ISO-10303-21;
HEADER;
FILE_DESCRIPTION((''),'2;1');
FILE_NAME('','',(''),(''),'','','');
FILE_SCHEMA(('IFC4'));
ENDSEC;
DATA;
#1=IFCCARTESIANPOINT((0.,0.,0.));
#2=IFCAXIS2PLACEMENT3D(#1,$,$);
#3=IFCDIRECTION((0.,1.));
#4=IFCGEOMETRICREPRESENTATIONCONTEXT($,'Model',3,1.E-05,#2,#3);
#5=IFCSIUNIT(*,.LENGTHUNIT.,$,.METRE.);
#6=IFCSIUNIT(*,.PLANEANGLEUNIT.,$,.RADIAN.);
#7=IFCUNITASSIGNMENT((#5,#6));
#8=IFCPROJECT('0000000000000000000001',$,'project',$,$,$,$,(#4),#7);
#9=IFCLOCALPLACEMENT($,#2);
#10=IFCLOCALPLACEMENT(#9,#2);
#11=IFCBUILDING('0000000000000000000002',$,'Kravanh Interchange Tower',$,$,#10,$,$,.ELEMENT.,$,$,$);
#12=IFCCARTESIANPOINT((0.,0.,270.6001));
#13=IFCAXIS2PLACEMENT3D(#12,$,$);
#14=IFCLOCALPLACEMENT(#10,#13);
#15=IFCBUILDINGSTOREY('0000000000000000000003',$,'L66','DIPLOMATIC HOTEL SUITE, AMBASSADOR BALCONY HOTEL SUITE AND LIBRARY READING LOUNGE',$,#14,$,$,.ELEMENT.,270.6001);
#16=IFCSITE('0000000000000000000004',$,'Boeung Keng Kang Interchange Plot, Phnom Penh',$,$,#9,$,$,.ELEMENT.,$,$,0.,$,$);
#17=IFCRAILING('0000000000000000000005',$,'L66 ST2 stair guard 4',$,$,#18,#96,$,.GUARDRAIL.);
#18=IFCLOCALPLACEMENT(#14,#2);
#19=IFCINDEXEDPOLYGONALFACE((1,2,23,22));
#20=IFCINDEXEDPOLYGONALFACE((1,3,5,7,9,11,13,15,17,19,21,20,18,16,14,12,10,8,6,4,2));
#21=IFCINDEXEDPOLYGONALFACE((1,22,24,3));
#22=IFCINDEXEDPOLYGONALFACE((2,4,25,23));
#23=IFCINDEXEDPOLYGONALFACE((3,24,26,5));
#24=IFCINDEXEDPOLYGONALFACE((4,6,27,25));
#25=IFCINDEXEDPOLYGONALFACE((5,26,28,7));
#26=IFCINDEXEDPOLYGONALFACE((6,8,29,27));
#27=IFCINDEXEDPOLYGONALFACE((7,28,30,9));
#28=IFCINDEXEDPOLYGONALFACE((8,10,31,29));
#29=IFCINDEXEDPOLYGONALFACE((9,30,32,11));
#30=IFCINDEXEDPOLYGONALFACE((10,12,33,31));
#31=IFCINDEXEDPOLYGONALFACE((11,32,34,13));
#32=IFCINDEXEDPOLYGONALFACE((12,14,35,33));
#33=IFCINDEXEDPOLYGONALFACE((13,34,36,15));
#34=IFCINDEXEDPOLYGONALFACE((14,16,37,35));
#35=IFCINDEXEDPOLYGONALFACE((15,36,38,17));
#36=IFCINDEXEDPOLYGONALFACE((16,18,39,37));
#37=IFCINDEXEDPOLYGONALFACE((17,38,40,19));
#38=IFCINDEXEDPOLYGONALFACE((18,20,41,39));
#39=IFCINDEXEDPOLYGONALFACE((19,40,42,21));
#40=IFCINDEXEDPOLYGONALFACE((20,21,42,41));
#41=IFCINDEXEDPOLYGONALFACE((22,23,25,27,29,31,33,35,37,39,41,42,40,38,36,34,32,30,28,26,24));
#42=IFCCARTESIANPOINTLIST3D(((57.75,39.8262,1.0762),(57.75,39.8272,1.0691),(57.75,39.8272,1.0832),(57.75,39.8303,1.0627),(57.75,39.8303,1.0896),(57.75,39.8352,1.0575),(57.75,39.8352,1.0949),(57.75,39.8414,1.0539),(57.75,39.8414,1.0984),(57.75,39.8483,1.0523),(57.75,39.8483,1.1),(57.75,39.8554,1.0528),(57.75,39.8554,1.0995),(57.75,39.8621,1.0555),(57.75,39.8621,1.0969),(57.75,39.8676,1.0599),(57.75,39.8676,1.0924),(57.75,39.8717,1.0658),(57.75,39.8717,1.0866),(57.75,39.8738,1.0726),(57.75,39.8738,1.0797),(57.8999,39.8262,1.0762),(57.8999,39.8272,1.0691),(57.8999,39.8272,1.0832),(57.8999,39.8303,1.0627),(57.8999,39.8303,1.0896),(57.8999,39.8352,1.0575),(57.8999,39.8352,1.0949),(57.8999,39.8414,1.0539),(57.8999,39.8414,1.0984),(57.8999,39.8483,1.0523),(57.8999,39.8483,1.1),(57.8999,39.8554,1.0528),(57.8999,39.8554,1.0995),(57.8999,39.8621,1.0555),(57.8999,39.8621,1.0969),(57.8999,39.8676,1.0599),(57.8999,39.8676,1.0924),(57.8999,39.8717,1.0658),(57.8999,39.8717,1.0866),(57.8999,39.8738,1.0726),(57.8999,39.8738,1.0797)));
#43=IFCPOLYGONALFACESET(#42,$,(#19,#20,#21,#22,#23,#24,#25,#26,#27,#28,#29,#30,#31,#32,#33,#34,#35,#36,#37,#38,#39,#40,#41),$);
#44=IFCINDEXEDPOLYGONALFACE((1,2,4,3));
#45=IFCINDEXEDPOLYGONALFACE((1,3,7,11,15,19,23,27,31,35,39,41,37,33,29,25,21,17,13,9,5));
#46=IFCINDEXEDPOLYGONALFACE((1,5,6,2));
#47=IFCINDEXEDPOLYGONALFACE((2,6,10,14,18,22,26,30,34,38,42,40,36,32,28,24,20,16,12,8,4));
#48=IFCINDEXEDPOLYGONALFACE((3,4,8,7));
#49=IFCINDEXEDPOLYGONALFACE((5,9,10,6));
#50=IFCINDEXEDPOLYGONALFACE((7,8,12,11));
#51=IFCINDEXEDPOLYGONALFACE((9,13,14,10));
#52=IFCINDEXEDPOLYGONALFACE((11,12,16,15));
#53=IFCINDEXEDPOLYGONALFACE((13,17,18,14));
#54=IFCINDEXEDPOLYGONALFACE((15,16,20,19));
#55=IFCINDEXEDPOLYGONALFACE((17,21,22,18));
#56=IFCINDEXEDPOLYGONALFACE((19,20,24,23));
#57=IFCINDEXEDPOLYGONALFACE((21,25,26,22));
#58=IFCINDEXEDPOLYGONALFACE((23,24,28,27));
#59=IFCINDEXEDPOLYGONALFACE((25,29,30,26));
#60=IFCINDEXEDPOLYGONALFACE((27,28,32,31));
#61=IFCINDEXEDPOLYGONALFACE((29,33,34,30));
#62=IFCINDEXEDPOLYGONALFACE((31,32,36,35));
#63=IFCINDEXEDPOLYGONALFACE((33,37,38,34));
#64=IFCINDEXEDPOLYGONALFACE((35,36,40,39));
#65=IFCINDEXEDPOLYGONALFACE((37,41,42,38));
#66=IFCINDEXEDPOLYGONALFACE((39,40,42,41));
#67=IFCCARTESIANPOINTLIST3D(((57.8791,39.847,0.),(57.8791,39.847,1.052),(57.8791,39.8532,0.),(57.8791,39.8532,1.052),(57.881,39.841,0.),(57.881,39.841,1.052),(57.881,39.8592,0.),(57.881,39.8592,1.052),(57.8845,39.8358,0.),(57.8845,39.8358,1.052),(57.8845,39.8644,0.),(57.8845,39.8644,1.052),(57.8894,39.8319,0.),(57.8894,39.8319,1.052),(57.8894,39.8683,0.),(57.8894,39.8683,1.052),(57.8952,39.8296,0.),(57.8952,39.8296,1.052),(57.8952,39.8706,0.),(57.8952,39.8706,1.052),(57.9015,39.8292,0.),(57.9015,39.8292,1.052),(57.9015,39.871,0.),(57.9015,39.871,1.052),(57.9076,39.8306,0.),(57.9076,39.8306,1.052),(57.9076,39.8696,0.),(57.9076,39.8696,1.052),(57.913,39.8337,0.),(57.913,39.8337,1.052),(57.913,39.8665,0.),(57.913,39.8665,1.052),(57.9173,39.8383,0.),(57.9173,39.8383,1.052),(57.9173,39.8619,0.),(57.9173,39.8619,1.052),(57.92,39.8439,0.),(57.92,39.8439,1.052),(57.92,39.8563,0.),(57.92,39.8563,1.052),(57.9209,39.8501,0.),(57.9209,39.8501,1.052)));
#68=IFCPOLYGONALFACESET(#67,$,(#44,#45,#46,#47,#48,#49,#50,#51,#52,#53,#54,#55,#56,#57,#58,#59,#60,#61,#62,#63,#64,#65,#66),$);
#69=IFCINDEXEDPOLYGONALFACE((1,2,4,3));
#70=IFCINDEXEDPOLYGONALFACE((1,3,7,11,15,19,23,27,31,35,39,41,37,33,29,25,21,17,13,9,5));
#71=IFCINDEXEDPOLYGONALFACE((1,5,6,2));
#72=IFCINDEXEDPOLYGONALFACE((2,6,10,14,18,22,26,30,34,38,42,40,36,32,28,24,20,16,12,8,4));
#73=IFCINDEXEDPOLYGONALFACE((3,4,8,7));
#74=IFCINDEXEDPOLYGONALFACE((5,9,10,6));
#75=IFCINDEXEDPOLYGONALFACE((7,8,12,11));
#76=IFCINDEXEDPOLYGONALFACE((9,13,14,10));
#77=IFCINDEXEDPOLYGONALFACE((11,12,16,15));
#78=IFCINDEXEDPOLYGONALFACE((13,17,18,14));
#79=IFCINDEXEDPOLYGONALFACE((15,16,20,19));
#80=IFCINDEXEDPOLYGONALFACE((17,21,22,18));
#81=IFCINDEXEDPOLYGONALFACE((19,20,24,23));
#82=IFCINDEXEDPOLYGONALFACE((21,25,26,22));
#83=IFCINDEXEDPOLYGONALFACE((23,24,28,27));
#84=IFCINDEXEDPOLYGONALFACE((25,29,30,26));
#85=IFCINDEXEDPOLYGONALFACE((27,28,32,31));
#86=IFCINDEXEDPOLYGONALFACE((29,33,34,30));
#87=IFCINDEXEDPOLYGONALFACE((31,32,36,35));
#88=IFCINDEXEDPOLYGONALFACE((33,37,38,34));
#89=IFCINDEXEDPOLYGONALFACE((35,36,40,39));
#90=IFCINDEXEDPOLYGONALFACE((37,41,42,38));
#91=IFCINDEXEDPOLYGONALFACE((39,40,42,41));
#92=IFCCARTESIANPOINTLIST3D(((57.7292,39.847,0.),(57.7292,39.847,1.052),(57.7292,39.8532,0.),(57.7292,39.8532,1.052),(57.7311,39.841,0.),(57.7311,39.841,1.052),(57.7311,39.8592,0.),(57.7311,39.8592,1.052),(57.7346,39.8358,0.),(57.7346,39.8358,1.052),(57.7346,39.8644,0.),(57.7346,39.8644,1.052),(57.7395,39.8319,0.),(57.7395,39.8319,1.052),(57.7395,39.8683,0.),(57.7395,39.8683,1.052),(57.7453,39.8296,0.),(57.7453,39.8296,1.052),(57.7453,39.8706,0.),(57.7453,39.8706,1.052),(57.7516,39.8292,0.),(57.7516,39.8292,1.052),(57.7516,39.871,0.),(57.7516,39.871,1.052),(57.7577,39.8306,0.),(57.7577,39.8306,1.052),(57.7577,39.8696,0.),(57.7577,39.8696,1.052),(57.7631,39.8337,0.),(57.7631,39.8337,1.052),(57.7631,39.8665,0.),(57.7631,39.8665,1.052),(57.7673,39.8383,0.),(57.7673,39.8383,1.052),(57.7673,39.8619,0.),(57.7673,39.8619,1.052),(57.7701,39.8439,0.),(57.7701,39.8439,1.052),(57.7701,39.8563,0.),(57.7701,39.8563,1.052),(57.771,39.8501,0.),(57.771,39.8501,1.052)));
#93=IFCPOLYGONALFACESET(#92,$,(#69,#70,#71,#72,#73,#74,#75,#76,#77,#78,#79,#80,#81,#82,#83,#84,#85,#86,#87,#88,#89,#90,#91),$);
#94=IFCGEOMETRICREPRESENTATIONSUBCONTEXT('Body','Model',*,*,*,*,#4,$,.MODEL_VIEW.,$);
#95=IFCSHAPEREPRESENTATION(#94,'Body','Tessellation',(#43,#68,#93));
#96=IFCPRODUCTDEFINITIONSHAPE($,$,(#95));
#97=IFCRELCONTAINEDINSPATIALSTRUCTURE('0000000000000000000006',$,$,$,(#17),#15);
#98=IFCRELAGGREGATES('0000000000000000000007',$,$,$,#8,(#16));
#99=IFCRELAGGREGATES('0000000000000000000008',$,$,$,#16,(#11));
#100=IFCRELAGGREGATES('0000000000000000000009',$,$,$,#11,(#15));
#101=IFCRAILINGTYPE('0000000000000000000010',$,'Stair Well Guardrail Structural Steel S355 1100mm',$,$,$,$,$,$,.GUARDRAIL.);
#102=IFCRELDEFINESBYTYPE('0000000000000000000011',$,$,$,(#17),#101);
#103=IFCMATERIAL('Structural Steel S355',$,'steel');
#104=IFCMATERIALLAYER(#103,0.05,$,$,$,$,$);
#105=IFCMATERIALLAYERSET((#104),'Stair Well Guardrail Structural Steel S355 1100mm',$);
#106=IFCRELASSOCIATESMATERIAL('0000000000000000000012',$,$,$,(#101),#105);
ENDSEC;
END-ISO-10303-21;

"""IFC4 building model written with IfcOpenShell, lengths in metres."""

from ifc_helpers import new_model, si_unit, direction, frame, origin, origin_2d, place, context, subcontext, project, spatial, circle, extrude, material, layer, layer_set, type_object, element, save


model = new_model("IFC4")

# Units and contexts
model_context = context("Model", 3, precision=1e-05, world=origin(), true_north=direction((0.0, 1.0)))
body_context = subcontext(model_context, "Body", "Model", "MODEL_VIEW")
ifc_project = project(units=[si_unit("LENGTHUNIT", "METRE"), si_unit("PLANEANGLEUNIT", "RADIAN")], contexts=[model_context])

# Site, building, storey
site_placement = place(None, origin())
site = spatial("IfcSite", under=ifc_project, at=site_placement, Name="Boeung Keng Kang Interchange Plot, Phnom Penh", CompositionType="ELEMENT", RefElevation=0.0)
building_placement = place(site_placement, origin())
building = spatial("IfcBuilding", under=site, at=building_placement, Name="Kravanh Interchange Tower", CompositionType="ELEMENT")
storey_placement = place(building_placement, frame((0.0, 0.0, 270.6001)))
storey = spatial("IfcBuildingStorey", under=building, at=storey_placement, Name="L66", Description="DIPLOMATIC HOTEL SUITE, AMBASSADOR BALCONY HOTEL SUITE AND LIBRARY READING LOUNGE", CompositionType="ELEMENT", Elevation=270.6001)

# Railing
ifc_material_1 = material(Name="Structural Steel S355", Category="steel")
ifc_layer_1 = layer(ifc_material_1, 0.05)
ifc_layer_set_1 = layer_set([ifc_layer_1], Name="Stair Well Guardrail Structural Steel S355 1100mm")
railing_type_1 = type_object("IfcRailingType", Name="Stair Well Guardrail Structural Steel S355 1100mm", PredefinedType="GUARDRAIL", material=ifc_layer_set_1)
railing_1_placement = place(storey_placement, frame((57.8999, 39.8501, 0.0)))
element("IfcRailing", 1, at=railing_1_placement, inside=storey, type_object=railing_type_1, Name="L66 ST2 stair guard 4", PredefinedType="GUARDRAIL", context=body_context, shape_type="SweptSolid", body=[
    extrude(circle(Radius=0.0239, at=origin_2d()), frame((0.0, 0.0, 1.0762), z_axis=(-1.0, 0.0, 0.0), x_axis=(0.0, -1.0, 0.0)), (0.0, 0.0, 1.0), 0.1499),
    extrude(circle(Radius=0.021, at=origin_2d()), origin(), (0.0, 0.0, 1.0), 1.052),
    extrude(circle(Radius=0.021, at=origin_2d()), frame((-0.1499, 0.0, 0.0)), (0.0, 0.0, 1.0), 1.052),
])

save(model, "model.ifc")
